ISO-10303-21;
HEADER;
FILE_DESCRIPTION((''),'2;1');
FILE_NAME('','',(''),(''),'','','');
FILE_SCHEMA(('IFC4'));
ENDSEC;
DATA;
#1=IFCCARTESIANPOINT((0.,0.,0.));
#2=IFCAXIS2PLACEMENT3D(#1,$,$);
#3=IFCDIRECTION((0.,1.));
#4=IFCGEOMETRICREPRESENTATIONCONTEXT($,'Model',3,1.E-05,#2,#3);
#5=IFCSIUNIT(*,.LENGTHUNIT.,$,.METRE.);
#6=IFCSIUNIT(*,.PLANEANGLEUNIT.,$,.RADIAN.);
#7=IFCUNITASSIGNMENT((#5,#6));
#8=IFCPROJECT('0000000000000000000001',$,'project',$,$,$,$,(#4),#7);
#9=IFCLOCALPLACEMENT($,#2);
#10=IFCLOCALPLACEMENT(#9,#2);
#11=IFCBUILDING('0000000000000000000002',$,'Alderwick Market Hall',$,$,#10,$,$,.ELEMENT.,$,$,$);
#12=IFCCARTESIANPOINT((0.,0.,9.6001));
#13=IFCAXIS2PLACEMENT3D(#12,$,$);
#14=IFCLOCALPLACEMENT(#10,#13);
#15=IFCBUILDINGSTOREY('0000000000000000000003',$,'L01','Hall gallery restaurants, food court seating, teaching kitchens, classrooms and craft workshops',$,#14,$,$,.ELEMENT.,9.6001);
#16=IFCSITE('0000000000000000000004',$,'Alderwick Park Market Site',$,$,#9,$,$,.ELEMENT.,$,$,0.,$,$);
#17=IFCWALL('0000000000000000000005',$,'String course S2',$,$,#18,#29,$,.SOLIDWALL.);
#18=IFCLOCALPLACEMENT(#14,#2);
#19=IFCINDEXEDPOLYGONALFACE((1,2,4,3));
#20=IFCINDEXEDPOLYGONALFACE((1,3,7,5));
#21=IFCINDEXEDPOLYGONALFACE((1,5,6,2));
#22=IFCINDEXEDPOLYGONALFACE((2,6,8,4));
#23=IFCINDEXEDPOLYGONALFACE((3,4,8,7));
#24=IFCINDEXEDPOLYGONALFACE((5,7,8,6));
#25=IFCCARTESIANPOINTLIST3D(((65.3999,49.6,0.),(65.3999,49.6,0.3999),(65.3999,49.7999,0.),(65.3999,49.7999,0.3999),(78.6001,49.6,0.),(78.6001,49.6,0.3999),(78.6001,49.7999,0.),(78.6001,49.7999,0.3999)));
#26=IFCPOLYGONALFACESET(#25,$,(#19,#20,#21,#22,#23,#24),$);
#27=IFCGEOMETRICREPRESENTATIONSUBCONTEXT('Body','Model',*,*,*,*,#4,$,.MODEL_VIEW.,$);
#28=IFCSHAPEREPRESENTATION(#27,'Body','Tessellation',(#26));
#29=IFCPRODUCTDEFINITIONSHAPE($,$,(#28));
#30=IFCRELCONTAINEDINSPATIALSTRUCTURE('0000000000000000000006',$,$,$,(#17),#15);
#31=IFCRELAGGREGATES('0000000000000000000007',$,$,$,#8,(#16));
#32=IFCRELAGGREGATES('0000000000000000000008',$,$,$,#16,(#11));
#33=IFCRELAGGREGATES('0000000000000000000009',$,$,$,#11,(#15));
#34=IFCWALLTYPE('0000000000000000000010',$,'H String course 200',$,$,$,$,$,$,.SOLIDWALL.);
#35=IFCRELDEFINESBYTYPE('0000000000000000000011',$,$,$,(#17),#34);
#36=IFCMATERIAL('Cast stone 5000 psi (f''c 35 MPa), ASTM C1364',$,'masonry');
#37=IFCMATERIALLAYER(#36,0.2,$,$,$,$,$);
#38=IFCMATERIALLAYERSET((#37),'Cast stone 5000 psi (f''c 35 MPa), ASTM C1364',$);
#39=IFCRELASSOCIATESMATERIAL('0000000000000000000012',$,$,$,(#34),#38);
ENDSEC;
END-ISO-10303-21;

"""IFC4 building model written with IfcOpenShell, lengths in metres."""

from ifc_helpers import new_model, si_unit, direction, frame, frame_2d, origin, place, context, subcontext, project, spatial, rectangle, extrude, material, layer, layer_set, type_object, element, save


model = new_model("IFC4")

# Units and contexts
model_context = context("Model", 3, precision=1e-05, world=origin(), true_north=direction((0.0, 1.0)))
body_context = subcontext(model_context, "Body", "Model", "MODEL_VIEW")
ifc_project = project(units=[si_unit("LENGTHUNIT", "METRE"), si_unit("PLANEANGLEUNIT", "RADIAN")], contexts=[model_context])

# Site, building, storey
site_placement = place(None, origin())
site = spatial("IfcSite", under=ifc_project, at=site_placement, Name="Alderwick Park Market Site", CompositionType="ELEMENT", RefElevation=0.0)
building_placement = place(site_placement, origin())
building = spatial("IfcBuilding", under=site, at=building_placement, Name="Alderwick Market Hall", CompositionType="ELEMENT")
storey_placement = place(building_placement, frame((0.0, 0.0, 9.6001)))
storey = spatial("IfcBuildingStorey", under=building, at=storey_placement, Name="L01", Description="Hall gallery restaurants, food court seating, teaching kitchens, classrooms and craft workshops", CompositionType="ELEMENT", Elevation=9.6001)

# Wall
ifc_material_1 = material(Name="Cast stone 5000 psi (f'c 35 MPa), ASTM C1364", Category="masonry")
ifc_layer_1 = layer(ifc_material_1, 0.2)
ifc_layer_set_1 = layer_set([ifc_layer_1], Name="Cast stone 5000 psi (f'c 35 MPa), ASTM C1364")
wall_type_1 = type_object("IfcWallType", Name="H String course 200", PredefinedType="SOLIDWALL", material=ifc_layer_set_1)
wall_1_placement = place(storey_placement, frame((65.3999, 49.7, 0.0), z_axis=(0.0, 0.0, 1.0), x_axis=(1.0, 0.0, 0.0)))
element("IfcWall", 1, at=wall_1_placement, inside=storey, type_object=wall_type_1, Name="String course S2", PredefinedType="SOLIDWALL", context=body_context, shape_type="SweptSolid", body=[
    extrude(rectangle(XDim=13.2002, YDim=0.2, at=frame_2d((6.6001, 0.0))), origin(), (0.0, 0.0, 1.0), 0.3999),
])

save(model, "model.ifc")
